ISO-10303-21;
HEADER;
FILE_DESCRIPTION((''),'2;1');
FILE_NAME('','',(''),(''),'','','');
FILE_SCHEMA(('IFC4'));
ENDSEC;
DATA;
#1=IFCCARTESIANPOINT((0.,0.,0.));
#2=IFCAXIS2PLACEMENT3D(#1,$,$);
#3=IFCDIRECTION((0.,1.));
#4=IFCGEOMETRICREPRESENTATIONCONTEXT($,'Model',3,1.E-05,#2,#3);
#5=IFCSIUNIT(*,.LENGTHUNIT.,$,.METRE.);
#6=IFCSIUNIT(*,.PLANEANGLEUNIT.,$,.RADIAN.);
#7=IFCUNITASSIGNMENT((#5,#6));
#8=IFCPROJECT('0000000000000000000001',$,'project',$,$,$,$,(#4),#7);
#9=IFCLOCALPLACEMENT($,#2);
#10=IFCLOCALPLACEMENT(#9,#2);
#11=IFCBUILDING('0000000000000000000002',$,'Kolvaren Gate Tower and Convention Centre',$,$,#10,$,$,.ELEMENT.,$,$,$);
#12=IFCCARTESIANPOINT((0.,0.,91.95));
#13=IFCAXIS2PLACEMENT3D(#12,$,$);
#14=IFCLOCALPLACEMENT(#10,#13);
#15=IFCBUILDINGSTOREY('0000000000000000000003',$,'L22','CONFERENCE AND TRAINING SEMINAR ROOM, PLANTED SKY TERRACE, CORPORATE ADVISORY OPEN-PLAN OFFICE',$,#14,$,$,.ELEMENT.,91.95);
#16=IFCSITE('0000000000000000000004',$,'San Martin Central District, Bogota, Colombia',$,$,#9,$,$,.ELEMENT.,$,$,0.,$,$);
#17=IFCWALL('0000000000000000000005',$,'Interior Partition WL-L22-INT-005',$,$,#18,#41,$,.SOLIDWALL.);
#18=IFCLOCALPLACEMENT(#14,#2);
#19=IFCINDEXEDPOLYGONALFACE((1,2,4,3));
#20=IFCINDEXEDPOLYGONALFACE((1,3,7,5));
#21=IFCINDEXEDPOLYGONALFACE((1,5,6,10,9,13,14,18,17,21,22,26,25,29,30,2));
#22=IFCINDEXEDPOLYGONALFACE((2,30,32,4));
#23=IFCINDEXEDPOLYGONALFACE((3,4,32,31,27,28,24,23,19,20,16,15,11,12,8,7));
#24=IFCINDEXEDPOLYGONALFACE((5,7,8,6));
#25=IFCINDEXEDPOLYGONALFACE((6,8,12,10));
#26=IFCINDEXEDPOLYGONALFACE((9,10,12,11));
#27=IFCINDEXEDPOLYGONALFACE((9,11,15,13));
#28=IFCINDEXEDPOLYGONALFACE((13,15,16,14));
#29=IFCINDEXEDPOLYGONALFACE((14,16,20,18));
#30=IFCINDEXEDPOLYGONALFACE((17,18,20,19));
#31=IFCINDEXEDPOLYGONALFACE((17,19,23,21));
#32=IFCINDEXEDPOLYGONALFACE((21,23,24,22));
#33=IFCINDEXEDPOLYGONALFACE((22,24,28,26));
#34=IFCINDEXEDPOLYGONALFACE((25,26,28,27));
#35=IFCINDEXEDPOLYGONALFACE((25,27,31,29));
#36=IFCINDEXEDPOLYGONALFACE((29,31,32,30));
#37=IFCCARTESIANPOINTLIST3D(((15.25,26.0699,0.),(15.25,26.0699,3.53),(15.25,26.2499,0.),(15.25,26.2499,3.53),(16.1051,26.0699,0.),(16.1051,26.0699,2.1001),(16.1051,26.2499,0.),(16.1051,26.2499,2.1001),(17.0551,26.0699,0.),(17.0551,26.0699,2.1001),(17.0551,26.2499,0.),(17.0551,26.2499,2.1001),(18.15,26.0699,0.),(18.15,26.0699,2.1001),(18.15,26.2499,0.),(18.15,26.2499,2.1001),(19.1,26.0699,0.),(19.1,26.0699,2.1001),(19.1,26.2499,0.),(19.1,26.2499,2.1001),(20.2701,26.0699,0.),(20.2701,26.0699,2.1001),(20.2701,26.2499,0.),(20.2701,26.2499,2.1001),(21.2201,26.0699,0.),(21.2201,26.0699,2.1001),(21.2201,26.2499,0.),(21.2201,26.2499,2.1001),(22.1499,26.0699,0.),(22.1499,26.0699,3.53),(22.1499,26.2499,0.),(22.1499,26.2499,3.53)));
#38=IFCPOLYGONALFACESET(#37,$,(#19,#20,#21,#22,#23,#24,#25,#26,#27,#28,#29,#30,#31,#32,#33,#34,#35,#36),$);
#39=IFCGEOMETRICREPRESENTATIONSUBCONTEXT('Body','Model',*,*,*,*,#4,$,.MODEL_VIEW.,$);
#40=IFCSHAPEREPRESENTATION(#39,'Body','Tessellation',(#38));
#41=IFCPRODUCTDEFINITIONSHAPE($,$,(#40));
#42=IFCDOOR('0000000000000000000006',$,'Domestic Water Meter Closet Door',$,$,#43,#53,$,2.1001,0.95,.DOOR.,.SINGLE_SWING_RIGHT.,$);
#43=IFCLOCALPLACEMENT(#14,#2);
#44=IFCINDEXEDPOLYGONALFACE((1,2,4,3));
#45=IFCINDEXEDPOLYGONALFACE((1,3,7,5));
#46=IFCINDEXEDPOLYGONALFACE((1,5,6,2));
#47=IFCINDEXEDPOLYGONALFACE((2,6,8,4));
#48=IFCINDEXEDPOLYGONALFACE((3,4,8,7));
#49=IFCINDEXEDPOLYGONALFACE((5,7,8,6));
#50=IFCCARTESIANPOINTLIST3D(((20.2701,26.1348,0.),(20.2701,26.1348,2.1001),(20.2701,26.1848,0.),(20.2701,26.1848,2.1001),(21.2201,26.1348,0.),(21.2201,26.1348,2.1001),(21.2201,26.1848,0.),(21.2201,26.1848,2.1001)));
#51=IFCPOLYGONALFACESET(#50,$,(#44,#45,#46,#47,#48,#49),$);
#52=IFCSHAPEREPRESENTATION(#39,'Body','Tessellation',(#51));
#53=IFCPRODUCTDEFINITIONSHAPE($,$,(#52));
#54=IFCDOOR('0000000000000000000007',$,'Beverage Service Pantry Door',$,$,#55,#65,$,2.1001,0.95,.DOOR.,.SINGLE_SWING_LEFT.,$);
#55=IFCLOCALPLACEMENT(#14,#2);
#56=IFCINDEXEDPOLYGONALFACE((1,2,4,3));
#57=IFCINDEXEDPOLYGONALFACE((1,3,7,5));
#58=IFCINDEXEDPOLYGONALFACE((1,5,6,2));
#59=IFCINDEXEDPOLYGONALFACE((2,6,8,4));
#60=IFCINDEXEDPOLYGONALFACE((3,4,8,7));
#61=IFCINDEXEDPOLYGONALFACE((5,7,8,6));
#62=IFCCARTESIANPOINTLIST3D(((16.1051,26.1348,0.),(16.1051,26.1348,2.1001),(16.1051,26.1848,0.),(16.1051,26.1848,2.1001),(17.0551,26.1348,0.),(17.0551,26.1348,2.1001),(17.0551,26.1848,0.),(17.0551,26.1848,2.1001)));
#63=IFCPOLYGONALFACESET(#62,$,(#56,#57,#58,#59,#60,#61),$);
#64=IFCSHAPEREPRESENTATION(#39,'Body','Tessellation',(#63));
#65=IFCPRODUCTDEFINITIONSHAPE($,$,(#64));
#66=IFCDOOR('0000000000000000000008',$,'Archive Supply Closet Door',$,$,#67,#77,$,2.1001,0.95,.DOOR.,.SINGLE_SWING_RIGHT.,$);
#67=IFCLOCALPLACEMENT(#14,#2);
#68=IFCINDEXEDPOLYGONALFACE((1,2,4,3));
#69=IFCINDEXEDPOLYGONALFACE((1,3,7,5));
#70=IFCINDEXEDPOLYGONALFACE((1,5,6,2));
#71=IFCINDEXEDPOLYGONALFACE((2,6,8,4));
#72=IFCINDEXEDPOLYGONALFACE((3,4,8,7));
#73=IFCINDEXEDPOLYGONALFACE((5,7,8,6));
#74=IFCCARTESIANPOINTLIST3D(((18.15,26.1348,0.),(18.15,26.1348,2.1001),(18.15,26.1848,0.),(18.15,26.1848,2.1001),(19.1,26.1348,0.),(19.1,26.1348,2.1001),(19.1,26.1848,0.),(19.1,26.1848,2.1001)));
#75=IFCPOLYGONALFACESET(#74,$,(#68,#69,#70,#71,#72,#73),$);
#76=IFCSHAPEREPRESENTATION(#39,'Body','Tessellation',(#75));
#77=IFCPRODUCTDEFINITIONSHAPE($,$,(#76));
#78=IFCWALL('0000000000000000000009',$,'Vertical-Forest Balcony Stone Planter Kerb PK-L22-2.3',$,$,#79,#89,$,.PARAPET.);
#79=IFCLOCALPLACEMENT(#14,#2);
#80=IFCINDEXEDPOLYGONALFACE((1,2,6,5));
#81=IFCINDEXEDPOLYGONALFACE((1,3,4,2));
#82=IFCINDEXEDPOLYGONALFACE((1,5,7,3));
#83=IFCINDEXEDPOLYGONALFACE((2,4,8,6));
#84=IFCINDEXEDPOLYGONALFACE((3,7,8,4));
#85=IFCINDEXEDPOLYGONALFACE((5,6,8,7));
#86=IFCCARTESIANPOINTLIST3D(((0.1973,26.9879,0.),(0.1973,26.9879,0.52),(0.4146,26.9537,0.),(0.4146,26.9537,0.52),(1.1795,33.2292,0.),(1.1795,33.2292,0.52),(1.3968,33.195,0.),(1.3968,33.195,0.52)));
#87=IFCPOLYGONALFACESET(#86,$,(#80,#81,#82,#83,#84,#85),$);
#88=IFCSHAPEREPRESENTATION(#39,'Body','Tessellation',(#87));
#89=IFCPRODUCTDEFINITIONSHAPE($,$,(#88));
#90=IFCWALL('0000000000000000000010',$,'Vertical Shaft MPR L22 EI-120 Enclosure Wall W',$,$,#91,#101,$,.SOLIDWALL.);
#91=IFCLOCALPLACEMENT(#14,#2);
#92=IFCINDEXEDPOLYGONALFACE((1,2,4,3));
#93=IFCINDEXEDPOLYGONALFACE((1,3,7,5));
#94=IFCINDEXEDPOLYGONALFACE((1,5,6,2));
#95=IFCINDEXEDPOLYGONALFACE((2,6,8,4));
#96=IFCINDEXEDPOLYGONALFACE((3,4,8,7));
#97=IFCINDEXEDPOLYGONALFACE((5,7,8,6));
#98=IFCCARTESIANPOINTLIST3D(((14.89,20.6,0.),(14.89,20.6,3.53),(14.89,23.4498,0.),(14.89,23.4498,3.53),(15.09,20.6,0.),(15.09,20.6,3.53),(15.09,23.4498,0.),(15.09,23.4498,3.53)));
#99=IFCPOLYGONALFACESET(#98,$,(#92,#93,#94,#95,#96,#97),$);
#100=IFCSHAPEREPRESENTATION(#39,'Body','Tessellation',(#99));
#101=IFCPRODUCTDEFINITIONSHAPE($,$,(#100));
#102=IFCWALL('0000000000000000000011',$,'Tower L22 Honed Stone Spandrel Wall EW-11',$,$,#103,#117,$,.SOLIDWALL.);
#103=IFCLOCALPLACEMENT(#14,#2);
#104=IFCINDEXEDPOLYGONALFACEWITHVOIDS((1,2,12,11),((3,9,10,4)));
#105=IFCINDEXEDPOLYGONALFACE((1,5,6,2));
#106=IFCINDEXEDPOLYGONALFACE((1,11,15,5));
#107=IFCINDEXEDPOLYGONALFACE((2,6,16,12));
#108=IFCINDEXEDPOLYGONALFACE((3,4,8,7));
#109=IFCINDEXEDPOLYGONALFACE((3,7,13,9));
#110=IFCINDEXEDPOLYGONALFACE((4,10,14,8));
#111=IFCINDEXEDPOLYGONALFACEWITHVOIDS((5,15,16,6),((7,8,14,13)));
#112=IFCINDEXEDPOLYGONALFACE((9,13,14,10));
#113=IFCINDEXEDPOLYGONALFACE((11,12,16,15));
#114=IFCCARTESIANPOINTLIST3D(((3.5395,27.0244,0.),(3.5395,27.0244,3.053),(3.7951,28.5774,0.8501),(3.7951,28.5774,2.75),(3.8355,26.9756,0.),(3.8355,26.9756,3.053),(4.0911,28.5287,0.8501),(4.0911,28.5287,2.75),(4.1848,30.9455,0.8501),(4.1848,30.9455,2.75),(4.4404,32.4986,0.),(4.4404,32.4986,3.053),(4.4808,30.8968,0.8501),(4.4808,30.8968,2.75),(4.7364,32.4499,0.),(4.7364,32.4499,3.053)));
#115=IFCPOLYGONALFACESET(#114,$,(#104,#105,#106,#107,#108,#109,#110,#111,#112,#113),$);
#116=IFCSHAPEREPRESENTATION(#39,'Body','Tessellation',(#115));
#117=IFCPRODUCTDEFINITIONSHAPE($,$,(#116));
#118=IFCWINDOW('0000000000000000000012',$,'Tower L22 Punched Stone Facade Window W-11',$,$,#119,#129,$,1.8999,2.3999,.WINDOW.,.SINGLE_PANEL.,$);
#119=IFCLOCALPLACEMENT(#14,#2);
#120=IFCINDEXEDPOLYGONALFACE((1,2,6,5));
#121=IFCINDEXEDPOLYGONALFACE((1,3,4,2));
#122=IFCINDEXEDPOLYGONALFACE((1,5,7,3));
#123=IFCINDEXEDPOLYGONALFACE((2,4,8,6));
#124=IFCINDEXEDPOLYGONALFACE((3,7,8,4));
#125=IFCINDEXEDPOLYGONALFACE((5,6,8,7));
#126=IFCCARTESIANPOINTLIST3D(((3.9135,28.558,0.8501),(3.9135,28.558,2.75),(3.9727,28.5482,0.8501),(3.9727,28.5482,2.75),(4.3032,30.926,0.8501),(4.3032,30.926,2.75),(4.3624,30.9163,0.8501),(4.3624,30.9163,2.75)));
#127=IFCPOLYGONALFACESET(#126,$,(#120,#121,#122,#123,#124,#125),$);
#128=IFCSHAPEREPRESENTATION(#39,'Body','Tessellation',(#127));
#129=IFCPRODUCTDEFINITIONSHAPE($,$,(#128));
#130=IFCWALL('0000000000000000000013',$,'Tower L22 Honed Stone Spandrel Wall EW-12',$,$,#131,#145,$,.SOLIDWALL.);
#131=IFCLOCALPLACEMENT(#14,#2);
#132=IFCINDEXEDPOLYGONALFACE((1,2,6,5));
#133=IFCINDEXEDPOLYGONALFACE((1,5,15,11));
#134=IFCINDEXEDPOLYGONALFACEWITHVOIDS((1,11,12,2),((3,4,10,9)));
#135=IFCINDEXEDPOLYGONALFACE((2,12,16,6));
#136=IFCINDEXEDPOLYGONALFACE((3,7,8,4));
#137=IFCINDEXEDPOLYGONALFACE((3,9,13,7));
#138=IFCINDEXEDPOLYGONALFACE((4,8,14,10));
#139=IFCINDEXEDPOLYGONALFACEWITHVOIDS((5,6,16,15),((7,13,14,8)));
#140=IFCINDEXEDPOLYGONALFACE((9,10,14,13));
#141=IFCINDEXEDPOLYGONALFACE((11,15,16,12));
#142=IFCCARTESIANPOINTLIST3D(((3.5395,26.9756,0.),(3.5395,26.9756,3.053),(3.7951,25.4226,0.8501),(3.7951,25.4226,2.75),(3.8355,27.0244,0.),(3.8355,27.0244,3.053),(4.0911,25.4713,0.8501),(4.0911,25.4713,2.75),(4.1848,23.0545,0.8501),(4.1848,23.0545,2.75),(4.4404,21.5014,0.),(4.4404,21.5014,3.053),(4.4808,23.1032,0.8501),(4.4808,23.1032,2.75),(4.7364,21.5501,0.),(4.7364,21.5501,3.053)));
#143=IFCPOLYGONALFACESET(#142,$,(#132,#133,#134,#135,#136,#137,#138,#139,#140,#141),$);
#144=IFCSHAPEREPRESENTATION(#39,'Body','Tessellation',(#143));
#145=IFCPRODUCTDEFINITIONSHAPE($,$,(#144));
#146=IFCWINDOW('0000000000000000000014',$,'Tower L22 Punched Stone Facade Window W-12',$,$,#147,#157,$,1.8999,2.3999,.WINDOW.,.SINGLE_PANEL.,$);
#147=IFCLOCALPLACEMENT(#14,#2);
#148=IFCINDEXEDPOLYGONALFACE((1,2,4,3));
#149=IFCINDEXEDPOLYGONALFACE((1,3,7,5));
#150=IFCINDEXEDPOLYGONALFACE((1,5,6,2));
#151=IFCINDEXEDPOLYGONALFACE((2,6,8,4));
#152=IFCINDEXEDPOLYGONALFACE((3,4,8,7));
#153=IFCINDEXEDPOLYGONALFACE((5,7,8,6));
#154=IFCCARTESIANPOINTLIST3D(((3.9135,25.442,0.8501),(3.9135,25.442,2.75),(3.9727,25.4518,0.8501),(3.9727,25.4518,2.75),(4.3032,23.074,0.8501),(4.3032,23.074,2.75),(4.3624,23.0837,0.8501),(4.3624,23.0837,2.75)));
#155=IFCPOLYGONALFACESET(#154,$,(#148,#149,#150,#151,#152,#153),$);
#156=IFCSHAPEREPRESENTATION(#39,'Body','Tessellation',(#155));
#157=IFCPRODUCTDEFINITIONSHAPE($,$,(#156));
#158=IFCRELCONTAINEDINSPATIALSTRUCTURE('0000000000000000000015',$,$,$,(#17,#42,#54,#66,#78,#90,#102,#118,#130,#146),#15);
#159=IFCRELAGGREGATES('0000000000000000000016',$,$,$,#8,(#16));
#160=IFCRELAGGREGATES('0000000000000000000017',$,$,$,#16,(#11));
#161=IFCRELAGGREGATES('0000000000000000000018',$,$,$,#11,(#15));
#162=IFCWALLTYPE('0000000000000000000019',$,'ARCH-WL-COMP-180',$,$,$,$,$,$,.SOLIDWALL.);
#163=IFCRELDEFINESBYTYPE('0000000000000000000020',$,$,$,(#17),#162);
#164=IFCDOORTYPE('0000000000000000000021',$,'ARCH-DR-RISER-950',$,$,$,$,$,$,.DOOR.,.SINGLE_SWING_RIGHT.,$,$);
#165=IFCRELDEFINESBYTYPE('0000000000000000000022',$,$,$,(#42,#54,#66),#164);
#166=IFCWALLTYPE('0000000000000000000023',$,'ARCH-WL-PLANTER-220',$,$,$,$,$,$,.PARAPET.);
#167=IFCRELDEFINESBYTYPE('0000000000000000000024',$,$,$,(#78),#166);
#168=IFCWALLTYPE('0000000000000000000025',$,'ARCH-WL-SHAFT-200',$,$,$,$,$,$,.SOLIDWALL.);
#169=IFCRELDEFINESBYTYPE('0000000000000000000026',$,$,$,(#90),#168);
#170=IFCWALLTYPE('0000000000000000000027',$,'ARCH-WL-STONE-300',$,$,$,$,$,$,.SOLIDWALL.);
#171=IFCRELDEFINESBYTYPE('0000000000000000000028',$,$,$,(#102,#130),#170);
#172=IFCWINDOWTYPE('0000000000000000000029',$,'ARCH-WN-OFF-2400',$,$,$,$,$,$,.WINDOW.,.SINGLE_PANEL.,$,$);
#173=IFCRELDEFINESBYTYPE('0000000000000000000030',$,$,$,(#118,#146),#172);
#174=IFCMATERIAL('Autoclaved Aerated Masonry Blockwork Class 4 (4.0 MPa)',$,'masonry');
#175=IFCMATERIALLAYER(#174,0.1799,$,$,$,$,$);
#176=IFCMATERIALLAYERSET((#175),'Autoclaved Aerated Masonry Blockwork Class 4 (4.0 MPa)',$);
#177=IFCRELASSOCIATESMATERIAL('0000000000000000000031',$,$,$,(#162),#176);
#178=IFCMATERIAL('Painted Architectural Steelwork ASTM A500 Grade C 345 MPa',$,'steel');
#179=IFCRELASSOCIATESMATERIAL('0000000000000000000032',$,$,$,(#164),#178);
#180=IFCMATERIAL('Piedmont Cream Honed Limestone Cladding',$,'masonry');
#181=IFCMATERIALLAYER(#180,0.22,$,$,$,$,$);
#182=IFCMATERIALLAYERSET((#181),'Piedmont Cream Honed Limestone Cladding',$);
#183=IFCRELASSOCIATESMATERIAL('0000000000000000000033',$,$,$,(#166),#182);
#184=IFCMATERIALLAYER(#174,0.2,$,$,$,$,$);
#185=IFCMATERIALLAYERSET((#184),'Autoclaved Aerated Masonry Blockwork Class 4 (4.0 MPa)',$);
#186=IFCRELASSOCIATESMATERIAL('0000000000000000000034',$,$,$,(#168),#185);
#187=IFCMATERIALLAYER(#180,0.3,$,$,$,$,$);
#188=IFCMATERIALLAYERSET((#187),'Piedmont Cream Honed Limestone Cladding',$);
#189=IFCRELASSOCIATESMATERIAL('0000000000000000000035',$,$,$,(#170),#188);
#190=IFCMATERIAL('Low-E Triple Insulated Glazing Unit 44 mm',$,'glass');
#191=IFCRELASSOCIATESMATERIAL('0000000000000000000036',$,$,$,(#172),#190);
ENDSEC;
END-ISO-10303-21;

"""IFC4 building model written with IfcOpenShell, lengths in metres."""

from ifc_helpers import new_model, si_unit, direction, frame, frame_2d, origin, place, context, subcontext, project, spatial, rectangle, extrude, material, layer, layer_set, type_object, element, fill, save


model = new_model("IFC4")

# Units and contexts
model_context = context("Model", 3, precision=1e-05, world=origin(), true_north=direction((0.0, 1.0)))
body_context = subcontext(model_context, "Body", "Model", "MODEL_VIEW")
ifc_project = project(units=[si_unit("LENGTHUNIT", "METRE"), si_unit("PLANEANGLEUNIT", "RADIAN")], contexts=[model_context])

# Site, building, storey
site_placement = place(None, origin())
site = spatial("IfcSite", under=ifc_project, at=site_placement, Name="San Martin Central District, Bogota, Colombia", CompositionType="ELEMENT", RefElevation=0.0)
building_placement = place(site_placement, origin())
building = spatial("IfcBuilding", under=site, at=building_placement, Name="Kolvaren Gate Tower and Convention Centre", CompositionType="ELEMENT")
storey_placement = place(building_placement, frame((0.0, 0.0, 91.95)))
storey = spatial("IfcBuildingStorey", under=building, at=storey_placement, Name="L22", Description="CONFERENCE AND TRAINING SEMINAR ROOM, PLANTED SKY TERRACE, CORPORATE ADVISORY OPEN-PLAN OFFICE", CompositionType="ELEMENT", Elevation=91.95)

# Wall, openings, doors
ifc_material_1 = material(Name="Autoclaved Aerated Masonry Blockwork Class 4 (4.0 MPa)", Category="masonry")
ifc_layer_1 = layer(ifc_material_1, 0.1799)
ifc_layer_set_1 = layer_set([ifc_layer_1], Name="Autoclaved Aerated Masonry Blockwork Class 4 (4.0 MPa)")
wall_type_1 = type_object("IfcWallType", Name="ARCH-WL-COMP-180", PredefinedType="SOLIDWALL", material=ifc_layer_set_1)
wall_1_placement = place(storey_placement, frame((15.25, 26.1599, 0.0), z_axis=(0.0, 0.0, 1.0), x_axis=(1.0, 0.0, 0.0)))
wall_1 = element("IfcWall", 1, at=wall_1_placement, inside=storey, type_object=wall_type_1, Name="Interior Partition WL-L22-INT-005", PredefinedType="SOLIDWALL", context=body_context, shape_type="SweptSolid", body=[
    extrude(rectangle(XDim=6.8999, YDim=0.1799, at=frame_2d((3.45, 0.0))), origin(), (0.0, 0.0, 1.0), 3.53),
])
opening_1_placement = place(wall_1_placement, frame((5.02, 0.0, 0.0)))
opening_1 = element("IfcOpeningElement", 2, at=opening_1_placement, cuts=wall_1, PredefinedType="OPENING", context=body_context, shape_type="SweptSolid", body=[
    extrude(rectangle(XDim=0.95, YDim=2.1001, at=frame_2d((0.4751, 1.05))), frame((0.0, 0.0999, 0.0), z_axis=(0.0, -1.0, 0.0), x_axis=(1.0, 0.0, 0.0)), (0.0, 0.0, 1.0), 0.2),
])
opening_2_placement = place(wall_1_placement, frame((0.855, 0.0, 0.0)))
opening_2 = element("IfcOpeningElement", 3, at=opening_2_placement, cuts=wall_1, PredefinedType="OPENING", context=body_context, shape_type="SweptSolid", body=[
    extrude(rectangle(XDim=0.95, YDim=2.1001, at=frame_2d((0.4751, 1.05))), frame((0.0, 0.0999, 0.0), z_axis=(0.0, -1.0, 0.0), x_axis=(1.0, 0.0, 0.0)), (0.0, 0.0, 1.0), 0.2),
])
opening_3_placement = place(wall_1_placement, frame((2.8999, 0.0, 0.0)))
opening_3 = element("IfcOpeningElement", 4, at=opening_3_placement, cuts=wall_1, PredefinedType="OPENING", context=body_context, shape_type="SweptSolid", body=[
    extrude(rectangle(XDim=0.95, YDim=2.1001, at=frame_2d((0.4751, 1.05))), frame((0.0, 0.0999, 0.0), z_axis=(0.0, -1.0, 0.0), x_axis=(1.0, 0.0, 0.0)), (0.0, 0.0, 1.0), 0.2),
])
ifc_material_2 = material(Name="Painted Architectural Steelwork ASTM A500 Grade C 345 MPa", Category="steel")
door_type = type_object("IfcDoorType", Name="ARCH-DR-RISER-950", OperationType="SINGLE_SWING_RIGHT", PredefinedType="DOOR", material=ifc_material_2)
door_1_placement = place(opening_1_placement, origin())
door_1 = element("IfcDoor", 5, at=door_1_placement, inside=storey, type_object=door_type, Name="Domestic Water Meter Closet Door", OperationType="SINGLE_SWING_RIGHT", OverallHeight=2.1001, OverallWidth=0.95, PredefinedType="DOOR", context=body_context, shape_type="SweptSolid", body=[
    extrude(rectangle(XDim=0.95, YDim=2.1001, at=frame_2d((0.4751, 1.05))), frame((0.0, 0.0249, 0.0), z_axis=(0.0, -1.0, 0.0), x_axis=(1.0, 0.0, 0.0)), (0.0, 0.0, 1.0), 0.05),
])
fill(opening_1, door_1)
door_2_placement = place(opening_2_placement, origin())
door_2 = element("IfcDoor", 6, at=door_2_placement, inside=storey, type_object=door_type, Name="Beverage Service Pantry Door", OperationType="SINGLE_SWING_LEFT", OverallHeight=2.1001, OverallWidth=0.95, PredefinedType="DOOR", context=body_context, shape_type="SweptSolid", body=[
    extrude(rectangle(XDim=0.95, YDim=2.1001, at=frame_2d((0.4751, 1.05))), frame((0.0, 0.0249, 0.0), z_axis=(0.0, -1.0, 0.0), x_axis=(1.0, 0.0, 0.0)), (0.0, 0.0, 1.0), 0.05),
])
fill(opening_2, door_2)
door_3_placement = place(opening_3_placement, origin())
door_3 = element("IfcDoor", 7, at=door_3_placement, inside=storey, type_object=door_type, Name="Archive Supply Closet Door", OperationType="SINGLE_SWING_RIGHT", OverallHeight=2.1001, OverallWidth=0.95, PredefinedType="DOOR", context=body_context, shape_type="SweptSolid", body=[
    extrude(rectangle(XDim=0.95, YDim=2.1001, at=frame_2d((0.4751, 1.05))), frame((0.0, 0.0249, 0.0), z_axis=(0.0, -1.0, 0.0), x_axis=(1.0, 0.0, 0.0)), (0.0, 0.0, 1.0), 0.05),
])
fill(opening_3, door_3)

# Walls
ifc_material_3 = material(Name="Piedmont Cream Honed Limestone Cladding", Category="masonry")
ifc_layer_2 = layer(ifc_material_3, 0.22)
ifc_layer_set_2 = layer_set([ifc_layer_2], Name="Piedmont Cream Honed Limestone Cladding")
wall_type_2 = type_object("IfcWallType", Name="ARCH-WL-PLANTER-220", PredefinedType="PARAPET", material=ifc_layer_set_2)
wall_2_placement = place(storey_placement, frame((0.3059, 26.9707, 0.0), z_axis=(0.0, 0.0, 1.0), x_axis=(0.155457, 0.987843, 0.0)))
element("IfcWall", 8, at=wall_2_placement, inside=storey, type_object=wall_type_2, Name="Vertical-Forest Balcony Stone Planter Kerb PK-L22-2.3", PredefinedType="PARAPET", context=body_context, shape_type="SweptSolid", body=[
    extrude(rectangle(XDim=6.3181, YDim=0.22, at=frame_2d((3.1592, 0.0))), origin(), (0.0, 0.0, 1.0), 0.52),
])
ifc_layer_3 = layer(ifc_material_1, 0.2)
ifc_layer_set_3 = layer_set([ifc_layer_3], Name="Autoclaved Aerated Masonry Blockwork Class 4 (4.0 MPa)")
wall_type_3 = type_object("IfcWallType", Name="ARCH-WL-SHAFT-200", PredefinedType="SOLIDWALL", material=ifc_layer_set_3)
wall_3_placement = place(storey_placement, frame((14.99, 20.6001, 0.0), z_axis=(0.0, 0.0, 1.0), x_axis=(0.0, 1.0, 0.0)))
element("IfcWall", 9, at=wall_3_placement, inside=storey, type_object=wall_type_3, Name="Vertical Shaft MPR L22 EI-120 Enclosure Wall W", PredefinedType="SOLIDWALL", context=body_context, shape_type="SweptSolid", body=[
    extrude(rectangle(XDim=2.8499, YDim=0.2, at=frame_2d((1.4248, 0.0))), origin(), (0.0, 0.0, 1.0), 3.53),
])

# Walls, openings, windows
ifc_layer_4 = layer(ifc_material_3, 0.3)
ifc_layer_set_4 = layer_set([ifc_layer_4], Name="Piedmont Cream Honed Limestone Cladding")
wall_type_4 = type_object("IfcWallType", Name="ARCH-WL-STONE-300", PredefinedType="SOLIDWALL", material=ifc_layer_set_4)
wall_4_placement = place(storey_placement, frame((3.6875, 27.0, 0.0), z_axis=(0.0, 0.0, 1.0), x_axis=(0.162386, 0.986727, 0.0)))
wall_4 = element("IfcWall", 10, at=wall_4_placement, inside=storey, type_object=wall_type_4, Name="Tower L22 Honed Stone Spandrel Wall EW-11", PredefinedType="SOLIDWALL", context=body_context, shape_type="SweptSolid", body=[
    extrude(rectangle(XDim=5.5479, YDim=0.3, at=frame_2d((2.7739, 0.0))), origin(), (0.0, 0.0, 1.0), 3.053),
])
opening_4_placement = place(wall_4_placement, frame((1.574, 0.0, 0.8501)))
opening_4 = element("IfcOpeningElement", 11, at=opening_4_placement, cuts=wall_4, PredefinedType="OPENING", context=body_context, shape_type="SweptSolid", body=[
    extrude(rectangle(XDim=2.3999, YDim=1.8999, at=frame_2d((1.2, 0.95))), frame((0.0, 0.1599, 0.0), z_axis=(0.0, -1.0, 0.0), x_axis=(1.0, 0.0, 0.0)), (0.0, 0.0, 1.0), 0.3201),
])
ifc_material_4 = material(Name="Low-E Triple Insulated Glazing Unit 44 mm", Category="glass")
window_type = type_object("IfcWindowType", Name="ARCH-WN-OFF-2400", PartitioningType="SINGLE_PANEL", PredefinedType="WINDOW", material=ifc_material_4)
window_1_placement = place(opening_4_placement, origin())
window_1 = element("IfcWindow", 12, at=window_1_placement, inside=storey, type_object=window_type, Name="Tower L22 Punched Stone Facade Window W-11", OverallHeight=1.8999, OverallWidth=2.3999, PartitioningType="SINGLE_PANEL", PredefinedType="WINDOW", context=body_context, shape_type="SweptSolid", body=[
    extrude(rectangle(XDim=2.3999, YDim=1.8999, at=frame_2d((1.2, 0.95))), frame((0.0, 0.03, 0.0), z_axis=(0.0, -1.0, 0.0), x_axis=(1.0, 0.0, 0.0)), (0.0, 0.0, 1.0), 0.0601),
])
fill(opening_4, window_1)
wall_5_placement = place(storey_placement, frame((3.6875, 27.0, 0.0), z_axis=(0.0, 0.0, 1.0), x_axis=(0.162386, -0.986727, 0.0)))
wall_5 = element("IfcWall", 13, at=wall_5_placement, inside=storey, type_object=wall_type_4, Name="Tower L22 Honed Stone Spandrel Wall EW-12", PredefinedType="SOLIDWALL", context=body_context, shape_type="SweptSolid", body=[
    extrude(rectangle(XDim=5.5479, YDim=0.3, at=frame_2d((2.7739, 0.0))), origin(), (0.0, 0.0, 1.0), 3.053),
])
opening_5_placement = place(wall_5_placement, frame((1.574, 0.0, 0.8501)))
opening_5 = element("IfcOpeningElement", 14, at=opening_5_placement, cuts=wall_5, PredefinedType="OPENING", context=body_context, shape_type="SweptSolid", body=[
    extrude(rectangle(XDim=2.3999, YDim=1.8999, at=frame_2d((1.2, 0.95))), frame((0.0, 0.1599, 0.0), z_axis=(0.0, -1.0, 0.0), x_axis=(1.0, 0.0, 0.0)), (0.0, 0.0, 1.0), 0.3201),
])
window_2_placement = place(opening_5_placement, origin())
window_2 = element("IfcWindow", 15, at=window_2_placement, inside=storey, type_object=window_type, Name="Tower L22 Punched Stone Facade Window W-12", OverallHeight=1.8999, OverallWidth=2.3999, PartitioningType="SINGLE_PANEL", PredefinedType="WINDOW", context=body_context, shape_type="SweptSolid", body=[
    extrude(rectangle(XDim=2.3999, YDim=1.8999, at=frame_2d((1.2, 0.95))), frame((0.0, 0.03, 0.0), z_axis=(0.0, -1.0, 0.0), x_axis=(1.0, 0.0, 0.0)), (0.0, 0.0, 1.0), 0.0601),
])
fill(opening_5, window_2)

save(model, "model.ifc")
